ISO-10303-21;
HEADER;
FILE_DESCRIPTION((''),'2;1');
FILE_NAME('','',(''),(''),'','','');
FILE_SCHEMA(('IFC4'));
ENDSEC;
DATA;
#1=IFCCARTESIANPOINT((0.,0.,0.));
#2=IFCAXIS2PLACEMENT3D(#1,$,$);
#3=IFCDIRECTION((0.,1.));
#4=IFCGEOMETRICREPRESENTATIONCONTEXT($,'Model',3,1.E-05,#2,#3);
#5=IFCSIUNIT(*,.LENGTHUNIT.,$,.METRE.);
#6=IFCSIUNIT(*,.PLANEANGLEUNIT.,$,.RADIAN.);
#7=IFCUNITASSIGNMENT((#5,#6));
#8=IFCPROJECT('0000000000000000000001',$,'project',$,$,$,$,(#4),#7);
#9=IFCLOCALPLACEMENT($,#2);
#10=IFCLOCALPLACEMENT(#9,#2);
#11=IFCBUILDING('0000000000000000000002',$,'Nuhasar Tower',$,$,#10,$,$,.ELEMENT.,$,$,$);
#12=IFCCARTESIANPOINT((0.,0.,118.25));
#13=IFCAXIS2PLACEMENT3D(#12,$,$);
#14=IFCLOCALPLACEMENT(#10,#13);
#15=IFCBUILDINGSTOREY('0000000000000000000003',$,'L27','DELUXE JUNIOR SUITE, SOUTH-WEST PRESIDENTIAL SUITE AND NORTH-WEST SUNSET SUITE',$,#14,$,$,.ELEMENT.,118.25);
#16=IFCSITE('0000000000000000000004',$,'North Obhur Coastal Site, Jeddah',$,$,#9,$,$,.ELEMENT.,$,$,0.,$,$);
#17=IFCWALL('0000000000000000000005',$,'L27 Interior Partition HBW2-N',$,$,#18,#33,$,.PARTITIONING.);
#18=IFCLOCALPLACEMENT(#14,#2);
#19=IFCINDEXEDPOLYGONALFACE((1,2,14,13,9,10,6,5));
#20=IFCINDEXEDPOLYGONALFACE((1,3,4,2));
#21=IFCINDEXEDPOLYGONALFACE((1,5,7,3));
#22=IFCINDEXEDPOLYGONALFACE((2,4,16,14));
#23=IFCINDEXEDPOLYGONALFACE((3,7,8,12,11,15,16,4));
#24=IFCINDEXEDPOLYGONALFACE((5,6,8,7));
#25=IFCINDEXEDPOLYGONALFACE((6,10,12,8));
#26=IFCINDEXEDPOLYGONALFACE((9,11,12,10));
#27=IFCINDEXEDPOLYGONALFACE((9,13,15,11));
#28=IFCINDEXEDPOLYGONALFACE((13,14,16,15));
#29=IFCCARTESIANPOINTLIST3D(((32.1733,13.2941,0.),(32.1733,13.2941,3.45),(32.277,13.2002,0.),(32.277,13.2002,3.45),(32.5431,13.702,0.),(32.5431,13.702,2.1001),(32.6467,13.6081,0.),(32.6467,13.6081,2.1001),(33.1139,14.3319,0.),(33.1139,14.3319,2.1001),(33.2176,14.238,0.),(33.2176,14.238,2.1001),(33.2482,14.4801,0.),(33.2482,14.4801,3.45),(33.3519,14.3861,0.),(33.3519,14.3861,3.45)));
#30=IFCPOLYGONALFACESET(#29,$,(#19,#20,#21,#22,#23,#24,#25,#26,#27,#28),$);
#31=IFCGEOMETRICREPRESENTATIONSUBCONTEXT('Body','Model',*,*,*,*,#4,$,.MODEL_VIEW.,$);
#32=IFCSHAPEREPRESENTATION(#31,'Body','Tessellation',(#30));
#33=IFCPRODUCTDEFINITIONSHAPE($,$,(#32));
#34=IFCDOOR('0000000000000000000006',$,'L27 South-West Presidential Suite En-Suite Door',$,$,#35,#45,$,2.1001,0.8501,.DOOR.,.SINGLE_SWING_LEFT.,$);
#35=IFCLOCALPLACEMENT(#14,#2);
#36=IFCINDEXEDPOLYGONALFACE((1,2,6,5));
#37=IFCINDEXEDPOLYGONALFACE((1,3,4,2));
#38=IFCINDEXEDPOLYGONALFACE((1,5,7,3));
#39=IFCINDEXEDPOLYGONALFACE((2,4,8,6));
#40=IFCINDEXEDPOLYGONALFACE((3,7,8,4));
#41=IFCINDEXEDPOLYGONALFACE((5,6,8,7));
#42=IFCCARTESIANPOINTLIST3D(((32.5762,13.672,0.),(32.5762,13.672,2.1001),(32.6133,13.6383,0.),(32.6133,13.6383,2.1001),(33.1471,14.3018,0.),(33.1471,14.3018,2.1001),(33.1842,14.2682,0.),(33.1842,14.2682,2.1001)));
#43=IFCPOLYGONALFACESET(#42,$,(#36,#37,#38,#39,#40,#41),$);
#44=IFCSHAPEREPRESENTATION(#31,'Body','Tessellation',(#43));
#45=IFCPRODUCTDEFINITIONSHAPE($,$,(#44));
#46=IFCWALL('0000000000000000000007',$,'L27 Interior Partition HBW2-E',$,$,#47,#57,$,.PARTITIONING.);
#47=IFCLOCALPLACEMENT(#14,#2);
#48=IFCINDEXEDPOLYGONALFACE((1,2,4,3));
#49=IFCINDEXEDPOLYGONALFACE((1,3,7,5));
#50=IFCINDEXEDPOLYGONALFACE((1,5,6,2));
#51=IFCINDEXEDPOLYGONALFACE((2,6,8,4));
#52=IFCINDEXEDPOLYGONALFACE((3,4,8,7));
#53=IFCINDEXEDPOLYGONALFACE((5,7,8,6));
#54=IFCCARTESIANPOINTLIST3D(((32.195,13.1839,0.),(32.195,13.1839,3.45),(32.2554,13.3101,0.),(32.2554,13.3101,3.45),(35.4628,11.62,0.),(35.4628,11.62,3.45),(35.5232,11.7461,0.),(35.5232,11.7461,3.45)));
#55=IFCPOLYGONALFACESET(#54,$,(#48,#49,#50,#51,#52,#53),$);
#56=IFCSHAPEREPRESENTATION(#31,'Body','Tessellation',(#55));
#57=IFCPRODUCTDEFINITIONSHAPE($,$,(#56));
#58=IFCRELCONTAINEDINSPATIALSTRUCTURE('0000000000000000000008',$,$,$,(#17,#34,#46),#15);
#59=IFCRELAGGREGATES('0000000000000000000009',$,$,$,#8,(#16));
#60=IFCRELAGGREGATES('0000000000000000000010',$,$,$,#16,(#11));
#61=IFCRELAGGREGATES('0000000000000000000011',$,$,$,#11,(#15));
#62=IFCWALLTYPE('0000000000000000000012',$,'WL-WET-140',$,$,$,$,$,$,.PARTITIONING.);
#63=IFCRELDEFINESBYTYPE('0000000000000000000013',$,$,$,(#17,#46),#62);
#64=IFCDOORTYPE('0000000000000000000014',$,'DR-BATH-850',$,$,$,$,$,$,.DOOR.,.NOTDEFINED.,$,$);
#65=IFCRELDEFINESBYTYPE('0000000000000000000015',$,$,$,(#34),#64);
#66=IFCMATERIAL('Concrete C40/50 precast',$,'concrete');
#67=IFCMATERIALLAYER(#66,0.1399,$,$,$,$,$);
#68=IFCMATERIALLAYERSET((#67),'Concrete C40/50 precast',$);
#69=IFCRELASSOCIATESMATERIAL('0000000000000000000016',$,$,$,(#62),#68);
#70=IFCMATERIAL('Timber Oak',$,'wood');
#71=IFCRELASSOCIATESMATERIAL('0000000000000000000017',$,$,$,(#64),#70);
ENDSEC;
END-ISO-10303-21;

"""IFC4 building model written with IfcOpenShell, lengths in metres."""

from ifc_helpers import new_model, si_unit, direction, frame, frame_2d, origin, place, context, subcontext, project, spatial, rectangle, extrude, material, layer, layer_set, type_object, element, fill, save


model = new_model("IFC4")

# Units and contexts
model_context = context("Model", 3, precision=1e-05, world=origin(), true_north=direction((0.0, 1.0)))
body_context = subcontext(model_context, "Body", "Model", "MODEL_VIEW")
ifc_project = project(units=[si_unit("LENGTHUNIT", "METRE"), si_unit("PLANEANGLEUNIT", "RADIAN")], contexts=[model_context])

# Site, building, storey
site_placement = place(None, origin())
site = spatial("IfcSite", under=ifc_project, at=site_placement, Name="North Obhur Coastal Site, Jeddah", CompositionType="ELEMENT", RefElevation=0.0)
building_placement = place(site_placement, origin())
building = spatial("IfcBuilding", under=site, at=building_placement, Name="Nuhasar Tower", CompositionType="ELEMENT")
storey_placement = place(building_placement, frame((0.0, 0.0, 118.25)))
storey = spatial("IfcBuildingStorey", under=building, at=storey_placement, Name="L27", Description="DELUXE JUNIOR SUITE, SOUTH-WEST PRESIDENTIAL SUITE AND NORTH-WEST SUNSET SUITE", CompositionType="ELEMENT", Elevation=118.25)

# Shared definitions
ifc_material_1 = material(Name="Concrete C40/50 precast", Category="concrete")
ifc_layer_1 = layer(ifc_material_1, 0.1399)
ifc_layer_set_1 = layer_set([ifc_layer_1], Name="Concrete C40/50 precast")
wall_type_1 = type_object("IfcWallType", Name="WL-WET-140", PredefinedType="PARTITIONING", material=ifc_layer_set_1)

# Wall, opening, door
wall_1_placement = place(storey_placement, frame((33.3, 14.4331, 0.0), z_axis=(0.0, 0.0, 1.0), x_axis=(-0.671556, -0.740954, 0.0)))
wall_1 = element("IfcWall", 1, at=wall_1_placement, inside=storey, type_object=wall_type_1, Name="L27 Interior Partition HBW2-N", PredefinedType="PARTITIONING", context=body_context, shape_type="SweptSolid", body=[
    extrude(rectangle(XDim=1.6006, YDim=0.1399, at=frame_2d((0.8003, 0.0))), origin(), (0.0, 0.0, 1.0), 3.45),
])
opening_placement = place(wall_1_placement, frame((0.2, 0.0, 0.0)))
opening = element("IfcOpeningElement", 2, at=opening_placement, cuts=wall_1, PredefinedType="OPENING", context=body_context, shape_type="SweptSolid", body=[
    extrude(rectangle(XDim=0.8501, YDim=2.1001, at=frame_2d((0.425, 1.05))), frame((0.0, 0.0801, 0.0), z_axis=(0.0, -1.0, 0.0), x_axis=(1.0, 0.0, 0.0)), (0.0, 0.0, 1.0), 0.1599),
])
ifc_material_2 = material(Name="Timber Oak", Category="wood")
door_type = type_object("IfcDoorType", Name="DR-BATH-850", OperationType="NOTDEFINED", PredefinedType="DOOR", material=ifc_material_2)
door_placement = place(opening_placement, origin())
door = element("IfcDoor", 3, at=door_placement, inside=storey, type_object=door_type, Name="L27 South-West Presidential Suite En-Suite Door", OperationType="SINGLE_SWING_LEFT", OverallHeight=2.1001, OverallWidth=0.8501, PredefinedType="DOOR", context=body_context, shape_type="SweptSolid", body=[
    extrude(rectangle(XDim=0.8501, YDim=2.1001, at=frame_2d((0.425, 1.05))), frame((0.0, 0.0249, 0.0), z_axis=(0.0, -1.0, 0.0), x_axis=(1.0, 0.0, 0.0)), (0.0, 0.0, 1.0), 0.05),
])
fill(opening, door)

# Wall
wall_2_placement = place(storey_placement, frame((32.2251, 13.2471, 0.0), z_axis=(0.0, 0.0, 1.0), x_axis=(0.902017, -0.431701, 0.0)))
element("IfcWall", 4, at=wall_2_placement, inside=storey, type_object=wall_type_1, Name="L27 Interior Partition HBW2-E", PredefinedType="PARTITIONING", context=body_context, shape_type="SweptSolid", body=[
    extrude(rectangle(XDim=3.6228, YDim=0.1399, at=frame_2d((1.8115, 0.0))), origin(), (0.0, 0.0, 1.0), 3.45),
])

save(model, "model.ifc")
